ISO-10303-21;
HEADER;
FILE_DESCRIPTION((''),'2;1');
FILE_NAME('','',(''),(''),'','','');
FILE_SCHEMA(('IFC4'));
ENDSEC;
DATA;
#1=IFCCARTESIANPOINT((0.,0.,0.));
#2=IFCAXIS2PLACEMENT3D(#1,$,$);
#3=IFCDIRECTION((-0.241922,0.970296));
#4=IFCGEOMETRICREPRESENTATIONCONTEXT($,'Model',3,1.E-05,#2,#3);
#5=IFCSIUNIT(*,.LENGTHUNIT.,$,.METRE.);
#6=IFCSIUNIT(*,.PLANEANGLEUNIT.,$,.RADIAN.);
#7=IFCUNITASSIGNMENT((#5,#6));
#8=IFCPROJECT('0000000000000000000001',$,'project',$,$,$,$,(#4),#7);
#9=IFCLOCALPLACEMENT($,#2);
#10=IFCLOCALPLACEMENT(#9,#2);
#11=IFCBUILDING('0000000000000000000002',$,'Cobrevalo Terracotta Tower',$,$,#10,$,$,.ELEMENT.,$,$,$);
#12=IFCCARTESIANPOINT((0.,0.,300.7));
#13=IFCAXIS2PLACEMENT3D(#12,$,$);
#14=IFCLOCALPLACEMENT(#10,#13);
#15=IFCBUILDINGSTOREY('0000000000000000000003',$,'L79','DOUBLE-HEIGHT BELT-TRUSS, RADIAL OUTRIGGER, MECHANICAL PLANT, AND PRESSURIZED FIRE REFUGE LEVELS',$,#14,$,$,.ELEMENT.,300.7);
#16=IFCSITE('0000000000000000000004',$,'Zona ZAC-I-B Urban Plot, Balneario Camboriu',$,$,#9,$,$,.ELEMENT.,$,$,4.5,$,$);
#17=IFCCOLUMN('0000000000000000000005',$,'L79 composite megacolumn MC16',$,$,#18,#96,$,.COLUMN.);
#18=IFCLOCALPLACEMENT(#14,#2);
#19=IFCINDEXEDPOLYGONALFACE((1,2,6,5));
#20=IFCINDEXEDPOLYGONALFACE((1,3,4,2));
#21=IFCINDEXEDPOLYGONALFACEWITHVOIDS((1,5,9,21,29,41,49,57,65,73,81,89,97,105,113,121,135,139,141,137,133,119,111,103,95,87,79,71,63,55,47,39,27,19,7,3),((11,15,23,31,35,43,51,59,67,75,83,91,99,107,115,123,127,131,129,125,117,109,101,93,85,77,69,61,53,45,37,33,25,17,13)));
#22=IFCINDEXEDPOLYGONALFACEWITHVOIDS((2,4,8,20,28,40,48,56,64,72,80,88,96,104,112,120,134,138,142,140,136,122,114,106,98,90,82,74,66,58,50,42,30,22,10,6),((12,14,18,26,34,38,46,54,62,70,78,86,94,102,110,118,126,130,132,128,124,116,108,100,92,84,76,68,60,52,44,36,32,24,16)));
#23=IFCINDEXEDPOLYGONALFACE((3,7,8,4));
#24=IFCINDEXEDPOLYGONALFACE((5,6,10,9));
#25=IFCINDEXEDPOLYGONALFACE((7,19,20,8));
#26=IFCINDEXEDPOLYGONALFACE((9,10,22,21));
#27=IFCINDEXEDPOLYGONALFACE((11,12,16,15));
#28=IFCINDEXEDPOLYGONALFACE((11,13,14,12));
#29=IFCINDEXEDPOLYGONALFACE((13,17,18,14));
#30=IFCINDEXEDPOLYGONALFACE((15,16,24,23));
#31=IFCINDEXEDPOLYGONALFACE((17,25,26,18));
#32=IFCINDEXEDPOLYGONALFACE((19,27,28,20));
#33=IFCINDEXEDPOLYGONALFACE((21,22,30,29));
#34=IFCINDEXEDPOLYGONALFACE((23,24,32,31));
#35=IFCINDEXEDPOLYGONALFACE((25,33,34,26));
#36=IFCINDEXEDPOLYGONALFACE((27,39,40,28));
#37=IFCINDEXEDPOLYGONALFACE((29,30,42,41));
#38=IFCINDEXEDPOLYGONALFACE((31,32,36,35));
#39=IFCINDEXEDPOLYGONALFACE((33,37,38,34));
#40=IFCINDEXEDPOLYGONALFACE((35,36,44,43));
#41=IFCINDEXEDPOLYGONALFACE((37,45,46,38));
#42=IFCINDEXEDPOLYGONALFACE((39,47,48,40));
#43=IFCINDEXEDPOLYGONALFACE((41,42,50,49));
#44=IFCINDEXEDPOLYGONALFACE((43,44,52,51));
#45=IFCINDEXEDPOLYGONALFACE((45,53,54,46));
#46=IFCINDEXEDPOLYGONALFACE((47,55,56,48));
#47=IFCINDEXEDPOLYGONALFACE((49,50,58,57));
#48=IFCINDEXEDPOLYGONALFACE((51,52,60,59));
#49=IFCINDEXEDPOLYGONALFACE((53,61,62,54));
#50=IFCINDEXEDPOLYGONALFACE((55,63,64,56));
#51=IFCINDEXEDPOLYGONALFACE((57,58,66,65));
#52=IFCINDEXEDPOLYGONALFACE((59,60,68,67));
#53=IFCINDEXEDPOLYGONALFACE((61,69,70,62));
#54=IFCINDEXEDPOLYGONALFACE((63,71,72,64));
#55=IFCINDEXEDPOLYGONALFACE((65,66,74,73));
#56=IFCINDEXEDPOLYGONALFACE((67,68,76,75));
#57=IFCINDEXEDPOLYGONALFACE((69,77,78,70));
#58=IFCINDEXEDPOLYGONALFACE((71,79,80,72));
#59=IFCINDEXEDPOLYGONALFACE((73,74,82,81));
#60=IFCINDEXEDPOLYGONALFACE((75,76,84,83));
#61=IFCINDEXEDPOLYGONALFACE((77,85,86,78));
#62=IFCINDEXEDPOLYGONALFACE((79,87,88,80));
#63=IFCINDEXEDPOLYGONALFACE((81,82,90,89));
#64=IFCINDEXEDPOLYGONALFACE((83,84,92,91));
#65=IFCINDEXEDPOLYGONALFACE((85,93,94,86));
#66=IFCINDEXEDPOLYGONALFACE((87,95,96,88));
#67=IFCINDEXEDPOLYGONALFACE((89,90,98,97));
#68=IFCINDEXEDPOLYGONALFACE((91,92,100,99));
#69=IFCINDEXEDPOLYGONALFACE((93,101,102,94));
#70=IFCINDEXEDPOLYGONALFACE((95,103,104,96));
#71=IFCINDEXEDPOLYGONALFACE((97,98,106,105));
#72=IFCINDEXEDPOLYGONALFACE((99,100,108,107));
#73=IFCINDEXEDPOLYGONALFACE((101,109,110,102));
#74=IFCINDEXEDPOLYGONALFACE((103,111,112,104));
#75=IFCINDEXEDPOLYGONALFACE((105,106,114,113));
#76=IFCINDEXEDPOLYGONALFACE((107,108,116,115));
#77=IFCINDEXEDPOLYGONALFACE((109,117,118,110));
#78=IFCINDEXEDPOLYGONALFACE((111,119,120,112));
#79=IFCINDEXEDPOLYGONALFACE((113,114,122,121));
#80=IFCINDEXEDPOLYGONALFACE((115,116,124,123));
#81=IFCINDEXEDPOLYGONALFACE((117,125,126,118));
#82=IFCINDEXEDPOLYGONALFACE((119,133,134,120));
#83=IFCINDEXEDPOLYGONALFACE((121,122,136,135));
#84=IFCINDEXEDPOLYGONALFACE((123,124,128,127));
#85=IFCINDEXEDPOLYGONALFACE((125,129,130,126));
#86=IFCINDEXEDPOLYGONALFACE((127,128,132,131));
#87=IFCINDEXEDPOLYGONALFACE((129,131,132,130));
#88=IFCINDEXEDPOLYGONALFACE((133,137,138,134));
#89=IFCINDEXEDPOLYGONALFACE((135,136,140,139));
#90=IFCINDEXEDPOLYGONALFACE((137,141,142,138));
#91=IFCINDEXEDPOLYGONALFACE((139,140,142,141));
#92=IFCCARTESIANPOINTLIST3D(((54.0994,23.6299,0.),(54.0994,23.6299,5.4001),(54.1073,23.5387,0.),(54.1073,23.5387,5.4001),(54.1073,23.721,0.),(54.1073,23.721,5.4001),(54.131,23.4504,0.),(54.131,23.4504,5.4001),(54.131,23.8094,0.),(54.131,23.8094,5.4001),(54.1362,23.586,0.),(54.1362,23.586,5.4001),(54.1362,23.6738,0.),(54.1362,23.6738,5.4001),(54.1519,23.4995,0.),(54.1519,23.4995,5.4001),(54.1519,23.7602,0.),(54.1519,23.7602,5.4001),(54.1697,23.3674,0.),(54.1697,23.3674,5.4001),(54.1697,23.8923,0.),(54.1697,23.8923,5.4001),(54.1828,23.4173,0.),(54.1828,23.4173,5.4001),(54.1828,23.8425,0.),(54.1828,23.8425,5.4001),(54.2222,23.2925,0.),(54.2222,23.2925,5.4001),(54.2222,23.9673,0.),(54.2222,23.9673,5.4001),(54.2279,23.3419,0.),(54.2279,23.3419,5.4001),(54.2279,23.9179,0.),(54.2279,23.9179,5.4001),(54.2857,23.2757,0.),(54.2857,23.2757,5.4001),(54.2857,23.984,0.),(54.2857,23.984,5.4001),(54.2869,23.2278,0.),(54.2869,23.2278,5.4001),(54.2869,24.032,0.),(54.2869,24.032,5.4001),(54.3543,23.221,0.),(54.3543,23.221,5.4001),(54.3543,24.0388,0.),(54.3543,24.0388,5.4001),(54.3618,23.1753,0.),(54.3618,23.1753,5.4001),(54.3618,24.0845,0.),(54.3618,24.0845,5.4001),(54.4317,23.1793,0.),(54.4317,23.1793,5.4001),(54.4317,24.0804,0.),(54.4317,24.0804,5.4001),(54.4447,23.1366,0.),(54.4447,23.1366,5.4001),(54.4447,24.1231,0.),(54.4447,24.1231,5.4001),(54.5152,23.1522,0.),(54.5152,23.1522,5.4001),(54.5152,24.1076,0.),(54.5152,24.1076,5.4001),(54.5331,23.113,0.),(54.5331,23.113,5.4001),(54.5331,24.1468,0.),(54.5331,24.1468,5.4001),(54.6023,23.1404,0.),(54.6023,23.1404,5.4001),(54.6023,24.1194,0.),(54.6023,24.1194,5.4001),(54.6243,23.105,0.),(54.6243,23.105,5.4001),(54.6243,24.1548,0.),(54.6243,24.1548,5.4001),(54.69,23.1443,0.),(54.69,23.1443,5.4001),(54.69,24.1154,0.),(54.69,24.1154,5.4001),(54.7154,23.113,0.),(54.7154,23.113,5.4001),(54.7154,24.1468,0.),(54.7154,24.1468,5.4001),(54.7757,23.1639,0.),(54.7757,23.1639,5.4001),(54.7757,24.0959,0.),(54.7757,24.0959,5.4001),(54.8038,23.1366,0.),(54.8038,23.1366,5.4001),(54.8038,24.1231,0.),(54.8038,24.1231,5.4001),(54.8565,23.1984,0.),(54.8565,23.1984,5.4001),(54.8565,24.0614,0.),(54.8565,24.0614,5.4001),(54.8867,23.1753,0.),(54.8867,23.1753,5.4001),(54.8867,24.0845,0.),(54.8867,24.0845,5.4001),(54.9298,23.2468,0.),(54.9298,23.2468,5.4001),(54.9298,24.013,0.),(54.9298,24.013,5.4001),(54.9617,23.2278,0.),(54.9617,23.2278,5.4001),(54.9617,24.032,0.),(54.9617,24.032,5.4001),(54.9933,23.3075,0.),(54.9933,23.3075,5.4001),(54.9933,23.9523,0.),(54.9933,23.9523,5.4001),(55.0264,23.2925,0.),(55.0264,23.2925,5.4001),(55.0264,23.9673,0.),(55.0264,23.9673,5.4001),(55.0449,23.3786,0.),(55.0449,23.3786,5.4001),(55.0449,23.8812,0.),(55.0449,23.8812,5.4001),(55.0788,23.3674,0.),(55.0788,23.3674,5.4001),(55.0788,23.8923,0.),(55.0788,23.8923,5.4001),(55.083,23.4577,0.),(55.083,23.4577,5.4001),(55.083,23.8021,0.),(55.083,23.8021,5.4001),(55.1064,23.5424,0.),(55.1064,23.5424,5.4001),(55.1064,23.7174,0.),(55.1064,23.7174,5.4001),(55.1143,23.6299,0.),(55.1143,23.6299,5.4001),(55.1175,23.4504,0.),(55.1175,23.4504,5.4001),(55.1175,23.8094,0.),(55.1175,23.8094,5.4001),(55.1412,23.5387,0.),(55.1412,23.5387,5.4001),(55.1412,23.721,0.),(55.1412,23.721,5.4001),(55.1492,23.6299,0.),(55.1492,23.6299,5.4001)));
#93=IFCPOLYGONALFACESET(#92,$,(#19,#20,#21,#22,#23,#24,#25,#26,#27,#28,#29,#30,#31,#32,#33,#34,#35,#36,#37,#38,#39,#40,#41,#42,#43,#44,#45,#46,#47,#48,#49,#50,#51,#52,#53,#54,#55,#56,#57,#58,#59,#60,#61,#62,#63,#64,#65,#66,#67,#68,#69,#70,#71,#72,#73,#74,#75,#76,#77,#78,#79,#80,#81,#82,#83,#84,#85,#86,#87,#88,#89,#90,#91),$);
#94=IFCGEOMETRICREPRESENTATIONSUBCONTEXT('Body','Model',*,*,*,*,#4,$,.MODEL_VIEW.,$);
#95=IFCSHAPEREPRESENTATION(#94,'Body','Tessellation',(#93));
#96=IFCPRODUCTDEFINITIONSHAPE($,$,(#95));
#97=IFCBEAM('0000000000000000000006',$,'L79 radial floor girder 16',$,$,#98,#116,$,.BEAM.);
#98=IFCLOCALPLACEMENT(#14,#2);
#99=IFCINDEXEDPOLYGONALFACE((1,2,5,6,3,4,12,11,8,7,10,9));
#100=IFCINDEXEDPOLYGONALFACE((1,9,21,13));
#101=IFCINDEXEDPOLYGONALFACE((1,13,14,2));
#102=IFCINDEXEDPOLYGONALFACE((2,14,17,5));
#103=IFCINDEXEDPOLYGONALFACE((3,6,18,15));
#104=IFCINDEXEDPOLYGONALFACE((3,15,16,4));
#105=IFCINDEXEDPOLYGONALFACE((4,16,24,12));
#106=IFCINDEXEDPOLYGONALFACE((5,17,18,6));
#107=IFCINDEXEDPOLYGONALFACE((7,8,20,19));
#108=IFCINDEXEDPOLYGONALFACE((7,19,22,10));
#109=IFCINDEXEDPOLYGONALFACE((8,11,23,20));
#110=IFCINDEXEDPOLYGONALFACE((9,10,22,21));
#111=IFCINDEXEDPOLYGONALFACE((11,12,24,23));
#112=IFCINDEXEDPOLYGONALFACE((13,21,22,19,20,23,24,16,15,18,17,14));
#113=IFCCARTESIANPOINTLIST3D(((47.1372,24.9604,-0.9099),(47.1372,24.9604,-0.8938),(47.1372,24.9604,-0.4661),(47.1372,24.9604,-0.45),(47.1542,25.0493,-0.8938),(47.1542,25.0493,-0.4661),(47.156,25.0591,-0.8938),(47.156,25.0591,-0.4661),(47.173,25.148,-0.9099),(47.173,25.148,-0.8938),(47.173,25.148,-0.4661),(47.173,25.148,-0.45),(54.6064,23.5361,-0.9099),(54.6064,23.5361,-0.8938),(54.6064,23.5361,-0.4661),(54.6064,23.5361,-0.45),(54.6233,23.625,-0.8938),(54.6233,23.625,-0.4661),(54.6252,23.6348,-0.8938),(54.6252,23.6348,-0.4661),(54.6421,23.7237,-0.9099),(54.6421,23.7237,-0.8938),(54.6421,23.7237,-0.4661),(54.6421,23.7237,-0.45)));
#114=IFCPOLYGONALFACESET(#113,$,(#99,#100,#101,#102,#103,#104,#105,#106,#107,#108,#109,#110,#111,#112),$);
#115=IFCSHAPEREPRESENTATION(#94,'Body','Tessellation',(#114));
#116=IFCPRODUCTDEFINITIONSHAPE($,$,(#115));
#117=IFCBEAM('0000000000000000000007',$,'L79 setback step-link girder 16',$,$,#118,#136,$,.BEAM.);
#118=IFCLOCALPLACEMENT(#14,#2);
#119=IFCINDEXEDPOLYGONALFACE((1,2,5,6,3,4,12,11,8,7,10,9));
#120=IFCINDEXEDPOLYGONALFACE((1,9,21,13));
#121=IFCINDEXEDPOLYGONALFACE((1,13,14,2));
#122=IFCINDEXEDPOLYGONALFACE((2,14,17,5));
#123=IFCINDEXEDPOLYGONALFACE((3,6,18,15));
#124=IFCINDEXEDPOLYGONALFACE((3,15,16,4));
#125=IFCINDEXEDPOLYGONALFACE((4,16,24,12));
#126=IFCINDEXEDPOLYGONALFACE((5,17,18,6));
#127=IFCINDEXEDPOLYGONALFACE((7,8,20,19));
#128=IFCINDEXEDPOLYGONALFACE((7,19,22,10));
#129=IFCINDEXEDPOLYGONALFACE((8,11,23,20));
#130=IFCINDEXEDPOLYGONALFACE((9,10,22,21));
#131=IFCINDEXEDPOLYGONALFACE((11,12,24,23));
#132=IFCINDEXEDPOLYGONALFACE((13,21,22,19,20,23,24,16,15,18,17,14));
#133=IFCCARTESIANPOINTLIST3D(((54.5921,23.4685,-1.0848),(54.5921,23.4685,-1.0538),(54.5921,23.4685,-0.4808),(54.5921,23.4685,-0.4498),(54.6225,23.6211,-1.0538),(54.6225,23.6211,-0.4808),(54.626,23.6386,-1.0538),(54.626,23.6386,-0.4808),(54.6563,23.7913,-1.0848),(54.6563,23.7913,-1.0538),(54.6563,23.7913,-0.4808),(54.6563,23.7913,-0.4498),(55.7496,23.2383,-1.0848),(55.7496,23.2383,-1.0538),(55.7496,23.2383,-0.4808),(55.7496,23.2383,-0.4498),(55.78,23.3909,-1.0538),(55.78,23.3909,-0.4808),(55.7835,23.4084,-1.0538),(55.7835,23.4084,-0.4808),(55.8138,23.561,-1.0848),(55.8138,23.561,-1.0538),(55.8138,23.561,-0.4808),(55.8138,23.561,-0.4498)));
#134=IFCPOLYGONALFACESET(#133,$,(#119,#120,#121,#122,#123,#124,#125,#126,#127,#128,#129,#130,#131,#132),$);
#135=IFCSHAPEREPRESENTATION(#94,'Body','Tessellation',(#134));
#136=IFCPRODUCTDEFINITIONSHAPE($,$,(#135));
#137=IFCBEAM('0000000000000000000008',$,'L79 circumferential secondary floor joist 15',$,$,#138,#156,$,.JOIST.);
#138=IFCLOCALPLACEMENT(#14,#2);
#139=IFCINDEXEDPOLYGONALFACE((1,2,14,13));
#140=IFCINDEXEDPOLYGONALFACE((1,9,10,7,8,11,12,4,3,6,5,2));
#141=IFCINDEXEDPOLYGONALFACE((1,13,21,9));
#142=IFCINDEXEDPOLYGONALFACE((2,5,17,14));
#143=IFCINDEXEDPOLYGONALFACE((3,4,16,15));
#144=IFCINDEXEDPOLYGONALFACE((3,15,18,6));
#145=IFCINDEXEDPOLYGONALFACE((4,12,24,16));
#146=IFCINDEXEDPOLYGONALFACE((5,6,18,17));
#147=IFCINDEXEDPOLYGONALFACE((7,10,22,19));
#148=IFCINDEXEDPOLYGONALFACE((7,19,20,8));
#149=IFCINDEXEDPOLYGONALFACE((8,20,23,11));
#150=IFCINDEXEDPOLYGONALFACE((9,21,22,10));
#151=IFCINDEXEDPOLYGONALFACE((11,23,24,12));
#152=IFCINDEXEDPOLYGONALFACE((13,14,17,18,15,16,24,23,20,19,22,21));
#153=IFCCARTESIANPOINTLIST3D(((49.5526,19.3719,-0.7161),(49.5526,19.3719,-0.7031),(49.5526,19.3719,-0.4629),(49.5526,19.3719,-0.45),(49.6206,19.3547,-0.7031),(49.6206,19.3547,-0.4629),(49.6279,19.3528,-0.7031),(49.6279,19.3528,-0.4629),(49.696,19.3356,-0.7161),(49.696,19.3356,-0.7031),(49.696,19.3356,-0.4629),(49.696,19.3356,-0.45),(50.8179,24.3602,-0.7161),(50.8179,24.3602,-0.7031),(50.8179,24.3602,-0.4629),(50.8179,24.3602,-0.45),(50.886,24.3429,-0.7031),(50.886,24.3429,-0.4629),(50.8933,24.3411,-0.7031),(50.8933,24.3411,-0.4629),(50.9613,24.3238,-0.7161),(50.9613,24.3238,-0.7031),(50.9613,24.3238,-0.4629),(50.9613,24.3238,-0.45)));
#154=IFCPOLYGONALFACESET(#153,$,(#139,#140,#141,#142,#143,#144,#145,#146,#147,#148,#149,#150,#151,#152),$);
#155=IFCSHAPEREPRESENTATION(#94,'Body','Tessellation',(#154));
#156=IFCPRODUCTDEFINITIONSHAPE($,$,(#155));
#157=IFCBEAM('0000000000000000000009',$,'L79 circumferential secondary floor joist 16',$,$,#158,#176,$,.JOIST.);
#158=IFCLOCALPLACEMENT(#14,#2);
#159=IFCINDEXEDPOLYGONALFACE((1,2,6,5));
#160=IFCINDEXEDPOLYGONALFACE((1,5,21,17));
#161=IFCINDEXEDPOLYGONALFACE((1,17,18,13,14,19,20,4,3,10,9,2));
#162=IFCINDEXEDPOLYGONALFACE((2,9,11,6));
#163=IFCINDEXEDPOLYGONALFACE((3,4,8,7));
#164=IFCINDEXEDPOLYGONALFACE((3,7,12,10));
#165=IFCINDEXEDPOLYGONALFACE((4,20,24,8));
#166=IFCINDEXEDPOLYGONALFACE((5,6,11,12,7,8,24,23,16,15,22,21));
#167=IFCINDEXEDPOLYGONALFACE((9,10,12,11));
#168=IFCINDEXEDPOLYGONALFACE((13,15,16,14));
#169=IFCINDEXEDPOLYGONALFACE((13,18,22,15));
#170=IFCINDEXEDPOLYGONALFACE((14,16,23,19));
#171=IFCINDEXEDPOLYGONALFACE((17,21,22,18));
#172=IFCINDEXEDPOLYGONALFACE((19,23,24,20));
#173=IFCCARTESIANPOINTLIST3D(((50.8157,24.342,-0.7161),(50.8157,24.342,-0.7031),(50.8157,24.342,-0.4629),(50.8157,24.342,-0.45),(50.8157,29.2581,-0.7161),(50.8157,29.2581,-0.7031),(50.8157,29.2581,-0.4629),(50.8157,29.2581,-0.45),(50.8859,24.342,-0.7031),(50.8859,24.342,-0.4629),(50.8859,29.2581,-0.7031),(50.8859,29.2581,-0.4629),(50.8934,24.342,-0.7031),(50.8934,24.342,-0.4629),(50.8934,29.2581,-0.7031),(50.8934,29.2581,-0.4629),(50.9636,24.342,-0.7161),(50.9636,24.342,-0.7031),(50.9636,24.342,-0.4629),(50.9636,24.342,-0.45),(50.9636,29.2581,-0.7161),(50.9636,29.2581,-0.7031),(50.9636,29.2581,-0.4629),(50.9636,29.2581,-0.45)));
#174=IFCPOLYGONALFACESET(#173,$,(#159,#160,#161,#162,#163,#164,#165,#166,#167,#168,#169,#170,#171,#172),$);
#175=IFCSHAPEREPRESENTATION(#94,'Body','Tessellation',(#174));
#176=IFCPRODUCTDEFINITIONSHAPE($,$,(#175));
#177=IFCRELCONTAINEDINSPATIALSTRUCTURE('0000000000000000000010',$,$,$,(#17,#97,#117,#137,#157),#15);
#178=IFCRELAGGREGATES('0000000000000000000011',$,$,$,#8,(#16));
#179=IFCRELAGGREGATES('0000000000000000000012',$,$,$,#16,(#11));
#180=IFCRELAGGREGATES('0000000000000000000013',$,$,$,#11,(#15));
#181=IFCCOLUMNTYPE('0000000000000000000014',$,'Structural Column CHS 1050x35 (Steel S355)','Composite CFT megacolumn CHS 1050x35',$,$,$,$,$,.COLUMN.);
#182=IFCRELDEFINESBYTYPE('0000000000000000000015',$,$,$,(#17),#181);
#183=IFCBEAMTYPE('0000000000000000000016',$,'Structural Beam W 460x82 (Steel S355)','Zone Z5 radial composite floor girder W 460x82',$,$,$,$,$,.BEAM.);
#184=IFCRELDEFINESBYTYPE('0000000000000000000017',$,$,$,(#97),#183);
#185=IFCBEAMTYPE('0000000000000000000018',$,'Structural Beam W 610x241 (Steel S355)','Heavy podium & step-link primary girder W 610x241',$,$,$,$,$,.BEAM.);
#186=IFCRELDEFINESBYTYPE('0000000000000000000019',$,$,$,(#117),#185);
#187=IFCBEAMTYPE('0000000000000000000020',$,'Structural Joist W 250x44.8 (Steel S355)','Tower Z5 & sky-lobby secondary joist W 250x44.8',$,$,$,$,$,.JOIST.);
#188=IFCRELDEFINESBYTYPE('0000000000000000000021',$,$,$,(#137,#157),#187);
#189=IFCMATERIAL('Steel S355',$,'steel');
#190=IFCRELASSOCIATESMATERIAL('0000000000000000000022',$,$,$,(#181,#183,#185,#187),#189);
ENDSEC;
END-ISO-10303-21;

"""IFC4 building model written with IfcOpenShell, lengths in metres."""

from ifc_helpers import new_model, si_unit, direction, frame, origin, origin_2d, place, context, subcontext, project, spatial, hollow_circle, i_section, extrude, material, material_profile, profile_set, type_object, element, save


model = new_model("IFC4")

# Units and contexts
model_context = context("Model", 3, precision=1e-05, world=origin(), true_north=direction((-0.241922, 0.970296)))
body_context = subcontext(model_context, "Body", "Model", "MODEL_VIEW")
ifc_project = project(units=[si_unit("LENGTHUNIT", "METRE"), si_unit("PLANEANGLEUNIT", "RADIAN")], contexts=[model_context])

# Site, building, storey
site_placement = place(None, origin())
site = spatial("IfcSite", under=ifc_project, at=site_placement, Name="Zona ZAC-I-B Urban Plot, Balneario Camboriu", CompositionType="ELEMENT", RefElevation=4.5)
building_placement = place(site_placement, origin())
building = spatial("IfcBuilding", under=site, at=building_placement, Name="Cobrevalo Terracotta Tower", CompositionType="ELEMENT")
storey_placement = place(building_placement, frame((0.0, 0.0, 300.7)))
storey = spatial("IfcBuildingStorey", under=building, at=storey_placement, Name="L79", Description="DOUBLE-HEIGHT BELT-TRUSS, RADIAL OUTRIGGER, MECHANICAL PLANT, AND PRESSURIZED FIRE REFUGE LEVELS", CompositionType="ELEMENT", Elevation=300.7)

# Column
ifc_material_1 = material(Name="Steel S355", Category="steel")
ifc_material_profile_1 = material_profile(ifc_material_1, hollow_circle(Radius=0.5249, WallThickness=0.0349, at=origin_2d()), Name="CHS 1050x35")
ifc_profile_set_1 = profile_set([ifc_material_profile_1], Name="Steel S355")
column_type = type_object("IfcColumnType", Name="Structural Column CHS 1050x35 (Steel S355)", Description="Composite CFT megacolumn CHS 1050x35", PredefinedType="COLUMN", material=ifc_profile_set_1)
column_placement = place(storey_placement, frame((54.6243, 23.6299, 0.0), z_axis=(0.0, 0.0, 1.0), x_axis=(1.0, 0.0, 0.0)))
element("IfcColumn", 1, at=column_placement, inside=storey, type_object=column_type, Name="L79 composite megacolumn MC16", PredefinedType="COLUMN", context=body_context, shape_type="SweptSolid", body=[
    extrude(hollow_circle(Radius=0.5249, WallThickness=0.0349, at=origin_2d()), origin(), (0.0, 0.0, 1.0), 5.4001),
])

# Beams
ifc_material_profile_2 = material_profile(ifc_material_1, i_section(OverallWidth=0.1909, OverallDepth=0.46, WebThickness=0.01, FlangeThickness=0.0161, at=origin_2d()), Name="W 460x82")
ifc_profile_set_2 = profile_set([ifc_material_profile_2], Name="Steel S355")
beam_type_1 = type_object("IfcBeamType", Name="Structural Beam W 460x82 (Steel S355)", Description="Zone Z5 radial composite floor girder W 460x82", PredefinedType="BEAM", material=ifc_profile_set_2)
beam_1_placement = place(storey_placement, frame((54.6243, 23.6299, -0.6799), z_axis=(-0.9823, 0.187316, 0.0), x_axis=(-0.187316, -0.9823, 0.0)))
element("IfcBeam", 2, at=beam_1_placement, inside=storey, type_object=beam_type_1, Name="L79 radial floor girder 16", PredefinedType="BEAM", context=body_context, shape_type="SweptSolid", body=[
    extrude(i_section(OverallWidth=0.1909, OverallDepth=0.46, WebThickness=0.01, FlangeThickness=0.0161, at=origin_2d()), origin(), (0.0, 0.0, 1.0), 7.6038),
])
ifc_material_profile_3 = material_profile(ifc_material_1, i_section(OverallWidth=0.3291, OverallDepth=0.635, WebThickness=0.0178, FlangeThickness=0.031, at=origin_2d()), Name="W 610x241")
ifc_profile_set_3 = profile_set([ifc_material_profile_3], Name="Steel S355")
beam_type_2 = type_object("IfcBeamType", Name="Structural Beam W 610x241 (Steel S355)", Description="Heavy podium & step-link primary girder W 610x241", PredefinedType="BEAM", material=ifc_profile_set_3)
beam_2_placement = place(storey_placement, frame((55.7817, 23.3997, -0.7673), z_axis=(-0.980787, 0.195082, 0.0), x_axis=(-0.195082, -0.980787, 0.0)))
element("IfcBeam", 3, at=beam_2_placement, inside=storey, type_object=beam_type_2, Name="L79 setback step-link girder 16", PredefinedType="BEAM", context=body_context, shape_type="SweptSolid", body=[
    extrude(i_section(OverallWidth=0.3291, OverallDepth=0.635, WebThickness=0.0178, FlangeThickness=0.031, at=origin_2d()), origin(), (0.0, 0.0, 1.0), 1.1802),
])
ifc_material_profile_4 = material_profile(ifc_material_1, i_section(OverallWidth=0.1479, OverallDepth=0.2661, WebThickness=0.0076, FlangeThickness=0.0129, at=origin_2d()), Name="W 250x44.8")
ifc_profile_set_4 = profile_set([ifc_material_profile_4], Name="Steel S355")
beam_type_3 = type_object("IfcBeamType", Name="Structural Joist W 250x44.8 (Steel S355)", Description="Tower Z5 & sky-lobby secondary joist W 250x44.8", PredefinedType="JOIST", material=ifc_profile_set_4)
beam_3_placement = place(storey_placement, frame((49.6243, 19.3538, -0.583), z_axis=(0.245883, 0.9693, 0.0), x_axis=(-0.9693, 0.245883, 0.0)))
element("IfcBeam", 4, at=beam_3_placement, inside=storey, type_object=beam_type_3, Name="L79 circumferential secondary floor joist 15", PredefinedType="JOIST", context=body_context, shape_type="SweptSolid", body=[
    extrude(i_section(OverallWidth=0.1479, OverallDepth=0.2661, WebThickness=0.0076, FlangeThickness=0.0129, at=origin_2d()), origin(), (0.0, 0.0, 1.0), 5.1462),
])
beam_4_placement = place(storey_placement, frame((50.8896, 24.342, -0.583), z_axis=(0.0, 1.0, 0.0), x_axis=(-1.0, 0.0, 0.0)))
element("IfcBeam", 5, at=beam_4_placement, inside=storey, type_object=beam_type_3, Name="L79 circumferential secondary floor joist 16", PredefinedType="JOIST", context=body_context, shape_type="SweptSolid", body=[
    extrude(i_section(OverallWidth=0.1479, OverallDepth=0.2661, WebThickness=0.0076, FlangeThickness=0.0129, at=origin_2d()), origin(), (0.0, 0.0, 1.0), 4.916),
])

save(model, "model.ifc")
